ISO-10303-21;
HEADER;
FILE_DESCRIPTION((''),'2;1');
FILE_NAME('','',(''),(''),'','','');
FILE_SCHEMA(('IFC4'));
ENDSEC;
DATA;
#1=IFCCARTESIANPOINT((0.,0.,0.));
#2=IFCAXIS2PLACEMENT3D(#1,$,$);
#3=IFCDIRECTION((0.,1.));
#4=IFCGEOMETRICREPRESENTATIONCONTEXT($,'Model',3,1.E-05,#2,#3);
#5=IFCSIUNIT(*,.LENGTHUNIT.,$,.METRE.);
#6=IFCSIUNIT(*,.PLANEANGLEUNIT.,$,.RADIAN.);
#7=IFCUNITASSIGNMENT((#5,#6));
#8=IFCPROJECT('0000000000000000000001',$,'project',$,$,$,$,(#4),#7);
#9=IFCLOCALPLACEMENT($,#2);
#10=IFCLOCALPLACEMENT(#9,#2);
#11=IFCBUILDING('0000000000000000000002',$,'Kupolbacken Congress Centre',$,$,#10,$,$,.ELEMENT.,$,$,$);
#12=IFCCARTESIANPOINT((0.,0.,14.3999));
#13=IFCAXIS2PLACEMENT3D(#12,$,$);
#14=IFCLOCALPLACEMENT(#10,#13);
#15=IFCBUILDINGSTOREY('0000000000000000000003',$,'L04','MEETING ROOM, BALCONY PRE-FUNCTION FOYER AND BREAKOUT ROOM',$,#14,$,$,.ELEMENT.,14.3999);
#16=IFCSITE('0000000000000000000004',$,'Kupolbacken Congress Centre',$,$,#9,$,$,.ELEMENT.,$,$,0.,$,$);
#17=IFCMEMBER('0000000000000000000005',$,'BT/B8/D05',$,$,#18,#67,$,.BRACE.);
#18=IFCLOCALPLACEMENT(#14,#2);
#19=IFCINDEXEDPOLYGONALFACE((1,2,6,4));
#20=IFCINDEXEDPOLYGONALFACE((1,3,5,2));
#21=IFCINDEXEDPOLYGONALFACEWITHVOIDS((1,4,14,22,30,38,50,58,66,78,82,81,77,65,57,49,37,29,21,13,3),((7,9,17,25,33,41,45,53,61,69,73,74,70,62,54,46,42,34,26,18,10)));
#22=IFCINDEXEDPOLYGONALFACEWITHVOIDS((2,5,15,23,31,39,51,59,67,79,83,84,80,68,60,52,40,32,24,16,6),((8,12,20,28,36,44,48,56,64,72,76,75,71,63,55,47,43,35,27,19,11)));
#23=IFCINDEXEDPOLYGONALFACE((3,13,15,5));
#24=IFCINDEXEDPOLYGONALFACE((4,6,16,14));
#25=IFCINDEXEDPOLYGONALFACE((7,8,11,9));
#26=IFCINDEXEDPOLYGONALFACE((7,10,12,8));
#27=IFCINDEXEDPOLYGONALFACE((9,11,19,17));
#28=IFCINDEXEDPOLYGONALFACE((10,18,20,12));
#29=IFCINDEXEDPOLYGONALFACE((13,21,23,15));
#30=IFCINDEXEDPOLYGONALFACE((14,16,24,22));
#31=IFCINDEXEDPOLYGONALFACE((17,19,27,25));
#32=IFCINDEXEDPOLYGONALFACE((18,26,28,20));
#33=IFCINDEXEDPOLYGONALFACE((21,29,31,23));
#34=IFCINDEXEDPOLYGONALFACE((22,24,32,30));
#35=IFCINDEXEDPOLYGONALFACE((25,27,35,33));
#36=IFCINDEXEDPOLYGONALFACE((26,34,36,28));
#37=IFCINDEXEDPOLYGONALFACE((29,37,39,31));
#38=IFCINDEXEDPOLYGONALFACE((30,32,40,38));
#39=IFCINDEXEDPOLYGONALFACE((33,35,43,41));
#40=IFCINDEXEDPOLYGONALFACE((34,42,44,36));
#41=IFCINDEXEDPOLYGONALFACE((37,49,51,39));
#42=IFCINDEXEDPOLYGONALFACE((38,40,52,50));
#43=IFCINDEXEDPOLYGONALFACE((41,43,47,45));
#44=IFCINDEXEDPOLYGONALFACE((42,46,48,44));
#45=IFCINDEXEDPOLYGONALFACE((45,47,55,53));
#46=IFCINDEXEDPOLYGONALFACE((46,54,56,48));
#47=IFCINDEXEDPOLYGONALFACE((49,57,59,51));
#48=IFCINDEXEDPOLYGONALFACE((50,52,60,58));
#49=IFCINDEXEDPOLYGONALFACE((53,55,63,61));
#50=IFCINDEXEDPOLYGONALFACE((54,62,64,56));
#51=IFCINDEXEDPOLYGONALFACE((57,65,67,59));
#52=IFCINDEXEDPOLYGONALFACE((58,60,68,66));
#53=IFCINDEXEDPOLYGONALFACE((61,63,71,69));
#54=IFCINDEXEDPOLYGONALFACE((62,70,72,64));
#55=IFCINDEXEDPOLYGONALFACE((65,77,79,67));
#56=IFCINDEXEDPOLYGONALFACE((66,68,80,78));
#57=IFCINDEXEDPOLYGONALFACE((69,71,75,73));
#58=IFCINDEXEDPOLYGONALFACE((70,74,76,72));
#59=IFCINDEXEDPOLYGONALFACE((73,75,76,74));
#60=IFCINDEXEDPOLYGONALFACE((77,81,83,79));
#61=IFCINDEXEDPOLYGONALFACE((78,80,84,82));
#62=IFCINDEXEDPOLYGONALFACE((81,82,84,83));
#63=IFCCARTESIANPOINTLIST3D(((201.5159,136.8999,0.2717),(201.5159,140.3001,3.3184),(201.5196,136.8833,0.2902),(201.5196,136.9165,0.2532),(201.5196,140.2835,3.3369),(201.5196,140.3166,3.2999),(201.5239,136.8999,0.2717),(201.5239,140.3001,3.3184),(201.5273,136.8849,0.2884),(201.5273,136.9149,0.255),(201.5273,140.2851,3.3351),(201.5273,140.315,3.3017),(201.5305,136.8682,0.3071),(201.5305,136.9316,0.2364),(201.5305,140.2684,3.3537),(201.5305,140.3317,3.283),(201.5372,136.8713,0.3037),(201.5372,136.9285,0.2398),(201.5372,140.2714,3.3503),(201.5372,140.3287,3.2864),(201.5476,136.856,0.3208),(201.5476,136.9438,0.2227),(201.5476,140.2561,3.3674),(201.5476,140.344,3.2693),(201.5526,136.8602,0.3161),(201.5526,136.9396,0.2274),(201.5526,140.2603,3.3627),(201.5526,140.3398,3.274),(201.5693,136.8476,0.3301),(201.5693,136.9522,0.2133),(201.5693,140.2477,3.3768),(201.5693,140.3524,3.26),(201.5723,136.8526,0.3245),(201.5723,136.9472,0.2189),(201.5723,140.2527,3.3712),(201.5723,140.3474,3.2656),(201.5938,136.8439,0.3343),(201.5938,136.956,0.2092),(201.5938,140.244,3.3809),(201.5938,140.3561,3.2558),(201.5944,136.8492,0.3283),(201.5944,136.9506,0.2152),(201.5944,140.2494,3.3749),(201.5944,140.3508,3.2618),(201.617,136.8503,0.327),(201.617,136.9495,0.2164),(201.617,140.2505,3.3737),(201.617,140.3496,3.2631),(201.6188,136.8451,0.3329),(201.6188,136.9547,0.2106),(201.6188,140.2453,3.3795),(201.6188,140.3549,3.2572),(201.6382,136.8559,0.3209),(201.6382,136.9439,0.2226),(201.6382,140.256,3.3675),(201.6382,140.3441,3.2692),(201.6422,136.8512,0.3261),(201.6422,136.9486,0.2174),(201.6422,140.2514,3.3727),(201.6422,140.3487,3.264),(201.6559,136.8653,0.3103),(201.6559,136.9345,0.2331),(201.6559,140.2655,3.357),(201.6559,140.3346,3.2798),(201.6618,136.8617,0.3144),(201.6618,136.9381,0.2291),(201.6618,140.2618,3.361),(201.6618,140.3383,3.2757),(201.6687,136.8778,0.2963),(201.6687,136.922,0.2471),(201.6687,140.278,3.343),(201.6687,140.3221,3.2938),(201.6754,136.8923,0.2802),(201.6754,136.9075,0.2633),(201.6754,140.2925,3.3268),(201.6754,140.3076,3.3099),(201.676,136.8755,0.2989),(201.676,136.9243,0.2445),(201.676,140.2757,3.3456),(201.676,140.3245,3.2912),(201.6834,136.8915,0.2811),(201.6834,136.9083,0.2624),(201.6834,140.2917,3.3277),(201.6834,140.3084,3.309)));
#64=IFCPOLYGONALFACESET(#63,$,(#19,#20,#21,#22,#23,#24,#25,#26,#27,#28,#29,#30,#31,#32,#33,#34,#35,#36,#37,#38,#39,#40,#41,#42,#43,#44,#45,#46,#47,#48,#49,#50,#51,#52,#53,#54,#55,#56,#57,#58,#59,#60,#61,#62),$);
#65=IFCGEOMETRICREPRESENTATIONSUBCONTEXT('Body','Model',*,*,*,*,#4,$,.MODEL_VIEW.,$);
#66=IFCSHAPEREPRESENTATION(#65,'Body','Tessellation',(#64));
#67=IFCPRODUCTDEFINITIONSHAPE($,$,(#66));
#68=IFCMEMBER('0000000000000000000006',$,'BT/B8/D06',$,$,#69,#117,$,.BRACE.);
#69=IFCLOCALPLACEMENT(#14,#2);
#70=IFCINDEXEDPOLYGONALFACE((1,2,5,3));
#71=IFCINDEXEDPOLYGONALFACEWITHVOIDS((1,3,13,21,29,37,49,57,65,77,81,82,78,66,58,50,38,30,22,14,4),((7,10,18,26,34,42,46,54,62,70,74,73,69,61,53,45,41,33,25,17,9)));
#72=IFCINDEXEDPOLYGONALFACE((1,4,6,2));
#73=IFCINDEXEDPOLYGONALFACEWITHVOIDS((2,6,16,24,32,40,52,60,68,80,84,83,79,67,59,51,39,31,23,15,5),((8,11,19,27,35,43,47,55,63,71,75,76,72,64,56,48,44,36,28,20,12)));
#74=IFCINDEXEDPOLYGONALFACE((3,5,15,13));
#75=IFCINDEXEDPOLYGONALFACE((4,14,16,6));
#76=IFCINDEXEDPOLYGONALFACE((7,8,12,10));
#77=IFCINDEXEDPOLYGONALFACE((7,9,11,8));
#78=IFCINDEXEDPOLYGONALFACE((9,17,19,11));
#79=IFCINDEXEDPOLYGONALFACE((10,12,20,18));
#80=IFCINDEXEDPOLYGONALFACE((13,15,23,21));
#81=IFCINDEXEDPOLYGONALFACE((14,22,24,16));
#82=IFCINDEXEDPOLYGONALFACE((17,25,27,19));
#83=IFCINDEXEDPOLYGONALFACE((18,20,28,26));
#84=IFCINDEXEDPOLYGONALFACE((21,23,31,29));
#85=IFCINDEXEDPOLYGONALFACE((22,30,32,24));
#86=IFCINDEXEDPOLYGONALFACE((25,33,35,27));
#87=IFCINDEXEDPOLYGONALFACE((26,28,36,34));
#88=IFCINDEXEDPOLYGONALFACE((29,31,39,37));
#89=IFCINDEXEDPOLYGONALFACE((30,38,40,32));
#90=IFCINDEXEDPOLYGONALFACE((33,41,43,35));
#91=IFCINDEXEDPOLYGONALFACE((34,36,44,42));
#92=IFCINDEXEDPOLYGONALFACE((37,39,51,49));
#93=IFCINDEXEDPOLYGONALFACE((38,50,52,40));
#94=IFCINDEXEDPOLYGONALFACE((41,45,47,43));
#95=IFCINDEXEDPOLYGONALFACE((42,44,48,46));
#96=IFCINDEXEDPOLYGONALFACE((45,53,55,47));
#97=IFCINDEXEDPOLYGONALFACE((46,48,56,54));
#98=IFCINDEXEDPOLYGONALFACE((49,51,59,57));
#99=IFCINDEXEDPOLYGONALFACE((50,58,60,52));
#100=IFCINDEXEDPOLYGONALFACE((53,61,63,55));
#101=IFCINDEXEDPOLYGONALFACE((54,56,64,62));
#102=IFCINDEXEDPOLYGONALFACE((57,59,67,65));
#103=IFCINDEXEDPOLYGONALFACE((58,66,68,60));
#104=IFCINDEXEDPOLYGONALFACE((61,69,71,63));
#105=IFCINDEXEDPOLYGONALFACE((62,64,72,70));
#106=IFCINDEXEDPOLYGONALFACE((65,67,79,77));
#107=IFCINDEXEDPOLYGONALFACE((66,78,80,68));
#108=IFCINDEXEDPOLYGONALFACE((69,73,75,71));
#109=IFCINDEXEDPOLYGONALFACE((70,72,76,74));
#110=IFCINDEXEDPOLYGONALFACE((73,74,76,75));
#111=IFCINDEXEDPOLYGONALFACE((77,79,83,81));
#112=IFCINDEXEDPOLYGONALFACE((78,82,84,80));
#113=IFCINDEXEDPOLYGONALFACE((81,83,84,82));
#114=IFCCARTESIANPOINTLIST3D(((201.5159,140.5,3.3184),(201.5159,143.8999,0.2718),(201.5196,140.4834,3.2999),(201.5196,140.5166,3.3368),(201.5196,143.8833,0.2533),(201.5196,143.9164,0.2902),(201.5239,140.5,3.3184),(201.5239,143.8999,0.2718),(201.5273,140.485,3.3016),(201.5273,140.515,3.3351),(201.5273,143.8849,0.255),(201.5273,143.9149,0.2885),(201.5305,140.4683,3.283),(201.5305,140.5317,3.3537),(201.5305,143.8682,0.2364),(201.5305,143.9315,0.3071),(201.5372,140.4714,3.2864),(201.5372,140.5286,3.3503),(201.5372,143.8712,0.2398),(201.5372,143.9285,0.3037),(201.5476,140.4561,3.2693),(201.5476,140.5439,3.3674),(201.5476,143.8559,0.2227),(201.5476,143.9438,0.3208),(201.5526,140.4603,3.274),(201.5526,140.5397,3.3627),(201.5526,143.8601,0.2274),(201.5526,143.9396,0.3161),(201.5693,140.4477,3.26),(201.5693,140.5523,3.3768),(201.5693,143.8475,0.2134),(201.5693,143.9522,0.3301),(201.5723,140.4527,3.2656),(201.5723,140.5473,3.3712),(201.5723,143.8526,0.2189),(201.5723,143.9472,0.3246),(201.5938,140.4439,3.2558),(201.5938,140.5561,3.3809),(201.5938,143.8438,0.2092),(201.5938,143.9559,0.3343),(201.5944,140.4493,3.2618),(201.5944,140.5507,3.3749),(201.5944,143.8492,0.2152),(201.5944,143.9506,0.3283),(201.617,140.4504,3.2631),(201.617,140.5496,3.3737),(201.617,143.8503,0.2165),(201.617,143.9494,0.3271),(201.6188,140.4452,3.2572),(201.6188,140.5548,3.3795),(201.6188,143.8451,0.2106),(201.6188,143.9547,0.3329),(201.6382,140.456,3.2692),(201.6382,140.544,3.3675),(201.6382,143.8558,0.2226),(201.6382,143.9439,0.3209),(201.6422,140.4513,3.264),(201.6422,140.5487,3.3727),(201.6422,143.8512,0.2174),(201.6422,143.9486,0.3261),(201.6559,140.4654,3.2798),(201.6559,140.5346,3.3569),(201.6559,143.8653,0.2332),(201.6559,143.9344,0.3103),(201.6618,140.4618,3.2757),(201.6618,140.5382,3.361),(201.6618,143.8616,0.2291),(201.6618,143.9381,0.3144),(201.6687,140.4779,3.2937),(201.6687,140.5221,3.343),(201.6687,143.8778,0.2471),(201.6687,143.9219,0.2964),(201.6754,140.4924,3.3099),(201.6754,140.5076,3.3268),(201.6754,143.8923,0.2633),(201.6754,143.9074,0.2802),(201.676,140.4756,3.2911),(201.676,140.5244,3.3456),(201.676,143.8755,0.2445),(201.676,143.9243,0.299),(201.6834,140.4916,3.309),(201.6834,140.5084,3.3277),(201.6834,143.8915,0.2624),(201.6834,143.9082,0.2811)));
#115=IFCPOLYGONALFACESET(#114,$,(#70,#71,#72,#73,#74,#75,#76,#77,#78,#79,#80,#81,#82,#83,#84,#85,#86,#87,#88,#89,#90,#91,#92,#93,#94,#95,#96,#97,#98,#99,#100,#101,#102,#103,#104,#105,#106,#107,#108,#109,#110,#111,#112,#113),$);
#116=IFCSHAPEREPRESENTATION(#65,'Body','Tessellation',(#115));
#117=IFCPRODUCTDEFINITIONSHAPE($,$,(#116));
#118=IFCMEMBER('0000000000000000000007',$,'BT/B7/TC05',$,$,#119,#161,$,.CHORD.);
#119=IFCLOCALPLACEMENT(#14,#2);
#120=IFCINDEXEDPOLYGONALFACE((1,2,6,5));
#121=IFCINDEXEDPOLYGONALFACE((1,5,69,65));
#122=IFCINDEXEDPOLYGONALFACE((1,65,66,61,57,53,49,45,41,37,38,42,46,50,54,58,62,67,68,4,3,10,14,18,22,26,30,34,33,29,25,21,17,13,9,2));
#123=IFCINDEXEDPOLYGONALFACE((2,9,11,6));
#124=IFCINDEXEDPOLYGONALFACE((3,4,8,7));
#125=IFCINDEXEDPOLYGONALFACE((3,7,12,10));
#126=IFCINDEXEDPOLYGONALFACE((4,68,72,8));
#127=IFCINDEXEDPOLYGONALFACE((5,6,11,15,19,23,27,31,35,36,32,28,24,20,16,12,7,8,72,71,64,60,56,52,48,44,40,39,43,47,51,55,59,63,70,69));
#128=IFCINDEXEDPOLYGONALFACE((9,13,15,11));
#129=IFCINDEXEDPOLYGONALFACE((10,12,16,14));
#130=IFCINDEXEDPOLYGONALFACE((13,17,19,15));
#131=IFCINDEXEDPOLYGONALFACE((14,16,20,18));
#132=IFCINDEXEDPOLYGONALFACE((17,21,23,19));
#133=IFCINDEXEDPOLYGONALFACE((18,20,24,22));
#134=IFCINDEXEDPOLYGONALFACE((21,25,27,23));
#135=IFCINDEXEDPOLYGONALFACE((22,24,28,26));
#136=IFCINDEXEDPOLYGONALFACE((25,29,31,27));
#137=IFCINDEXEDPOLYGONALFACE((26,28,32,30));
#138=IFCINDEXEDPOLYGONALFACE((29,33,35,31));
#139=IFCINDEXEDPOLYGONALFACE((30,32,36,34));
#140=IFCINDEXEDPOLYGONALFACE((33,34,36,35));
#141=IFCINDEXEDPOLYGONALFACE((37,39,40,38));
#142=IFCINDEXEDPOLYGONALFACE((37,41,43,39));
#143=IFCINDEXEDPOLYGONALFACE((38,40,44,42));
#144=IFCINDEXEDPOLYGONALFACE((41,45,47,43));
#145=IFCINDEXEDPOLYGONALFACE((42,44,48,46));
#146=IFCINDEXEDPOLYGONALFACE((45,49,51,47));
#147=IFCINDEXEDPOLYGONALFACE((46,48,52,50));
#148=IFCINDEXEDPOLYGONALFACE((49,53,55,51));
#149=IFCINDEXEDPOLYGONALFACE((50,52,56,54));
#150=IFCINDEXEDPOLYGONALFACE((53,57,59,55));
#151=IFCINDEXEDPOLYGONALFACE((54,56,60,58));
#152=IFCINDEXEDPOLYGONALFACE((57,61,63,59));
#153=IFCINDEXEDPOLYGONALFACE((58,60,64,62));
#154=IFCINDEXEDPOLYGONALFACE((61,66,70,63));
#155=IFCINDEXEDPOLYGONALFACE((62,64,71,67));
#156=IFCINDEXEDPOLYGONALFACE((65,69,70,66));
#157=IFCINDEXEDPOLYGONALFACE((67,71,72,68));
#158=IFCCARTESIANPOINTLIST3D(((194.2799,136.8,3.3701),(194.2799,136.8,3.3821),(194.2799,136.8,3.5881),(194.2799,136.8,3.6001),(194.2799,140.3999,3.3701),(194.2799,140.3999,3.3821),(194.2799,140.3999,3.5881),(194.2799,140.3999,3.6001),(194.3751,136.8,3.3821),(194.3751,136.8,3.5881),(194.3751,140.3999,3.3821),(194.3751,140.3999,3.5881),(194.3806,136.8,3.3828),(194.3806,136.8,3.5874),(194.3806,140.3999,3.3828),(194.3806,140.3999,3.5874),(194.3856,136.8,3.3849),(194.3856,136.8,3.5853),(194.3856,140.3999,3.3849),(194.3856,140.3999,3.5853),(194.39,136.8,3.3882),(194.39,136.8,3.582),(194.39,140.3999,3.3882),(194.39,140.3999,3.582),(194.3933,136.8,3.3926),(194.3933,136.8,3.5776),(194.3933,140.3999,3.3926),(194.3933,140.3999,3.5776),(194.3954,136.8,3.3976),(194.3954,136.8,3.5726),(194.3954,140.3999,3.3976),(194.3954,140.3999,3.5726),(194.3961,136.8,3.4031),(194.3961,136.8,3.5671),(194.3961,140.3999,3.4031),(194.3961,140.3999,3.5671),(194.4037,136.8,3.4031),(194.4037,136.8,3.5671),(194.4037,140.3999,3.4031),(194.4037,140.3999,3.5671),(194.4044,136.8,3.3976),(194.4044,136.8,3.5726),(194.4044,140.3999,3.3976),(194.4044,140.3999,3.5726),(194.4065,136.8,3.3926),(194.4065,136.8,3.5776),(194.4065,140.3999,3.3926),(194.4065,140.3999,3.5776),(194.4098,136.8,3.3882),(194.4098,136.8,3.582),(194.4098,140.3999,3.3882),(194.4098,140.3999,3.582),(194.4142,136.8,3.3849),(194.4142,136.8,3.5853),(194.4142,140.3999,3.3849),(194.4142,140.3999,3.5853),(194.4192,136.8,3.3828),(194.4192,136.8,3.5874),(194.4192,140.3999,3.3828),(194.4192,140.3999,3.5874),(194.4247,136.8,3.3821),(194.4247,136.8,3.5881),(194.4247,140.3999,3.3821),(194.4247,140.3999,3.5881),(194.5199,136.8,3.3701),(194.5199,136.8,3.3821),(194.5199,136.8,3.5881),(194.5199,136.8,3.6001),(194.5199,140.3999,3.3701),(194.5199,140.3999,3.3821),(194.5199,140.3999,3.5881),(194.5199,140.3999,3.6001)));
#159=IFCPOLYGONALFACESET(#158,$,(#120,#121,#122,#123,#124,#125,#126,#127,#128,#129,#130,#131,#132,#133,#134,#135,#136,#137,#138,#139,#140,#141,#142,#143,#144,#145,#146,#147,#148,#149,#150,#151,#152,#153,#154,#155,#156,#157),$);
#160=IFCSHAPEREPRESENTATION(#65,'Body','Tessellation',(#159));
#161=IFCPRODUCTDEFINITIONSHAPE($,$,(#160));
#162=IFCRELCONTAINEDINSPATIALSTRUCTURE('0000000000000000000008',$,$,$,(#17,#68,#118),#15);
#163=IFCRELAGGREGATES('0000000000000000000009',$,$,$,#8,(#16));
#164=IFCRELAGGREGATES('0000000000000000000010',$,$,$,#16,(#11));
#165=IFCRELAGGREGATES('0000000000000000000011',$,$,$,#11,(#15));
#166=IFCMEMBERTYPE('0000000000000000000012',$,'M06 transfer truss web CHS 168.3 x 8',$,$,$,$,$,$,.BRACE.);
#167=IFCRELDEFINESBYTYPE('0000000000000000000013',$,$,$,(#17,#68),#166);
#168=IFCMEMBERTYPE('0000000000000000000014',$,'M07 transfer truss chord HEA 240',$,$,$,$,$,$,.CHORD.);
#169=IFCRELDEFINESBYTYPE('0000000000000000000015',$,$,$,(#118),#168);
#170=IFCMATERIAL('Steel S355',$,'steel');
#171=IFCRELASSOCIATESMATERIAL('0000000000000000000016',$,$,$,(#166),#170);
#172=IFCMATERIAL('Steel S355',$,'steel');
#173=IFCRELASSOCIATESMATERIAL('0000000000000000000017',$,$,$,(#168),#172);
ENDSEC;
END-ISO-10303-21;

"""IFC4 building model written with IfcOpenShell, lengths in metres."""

from ifc_helpers import new_model, si_unit, direction, frame, origin, origin_2d, place, context, subcontext, project, spatial, hollow_circle, i_section, extrude, material, material_profile, profile_set, type_object, element, save


model = new_model("IFC4")

# Units and contexts
model_context = context("Model", 3, precision=1e-05, world=origin(), true_north=direction((0.0, 1.0)))
body_context = subcontext(model_context, "Body", "Model", "MODEL_VIEW")
ifc_project = project(units=[si_unit("LENGTHUNIT", "METRE"), si_unit("PLANEANGLEUNIT", "RADIAN")], contexts=[model_context])

# Site, building, storey
site_placement = place(None, origin())
site = spatial("IfcSite", under=ifc_project, at=site_placement, Name="Kupolbacken Congress Centre", CompositionType="ELEMENT", RefElevation=0.0)
building_placement = place(site_placement, origin())
building = spatial("IfcBuilding", under=site, at=building_placement, Name="Kupolbacken Congress Centre", CompositionType="ELEMENT")
storey_placement = place(building_placement, frame((0.0, 0.0, 14.3999)))
storey = spatial("IfcBuildingStorey", under=building, at=storey_placement, Name="L04", Description="MEETING ROOM, BALCONY PRE-FUNCTION FOYER AND BREAKOUT ROOM", CompositionType="ELEMENT", Elevation=14.3999)

# Members
ifc_material_1 = material(Name="Steel S355", Category="steel")
ifc_material_profile_1 = material_profile(ifc_material_1, hollow_circle(Radius=0.0842, WallThickness=0.0081, at=origin_2d()), Name="CHS 168.3 x 8")
ifc_profile_set_1 = profile_set([ifc_material_profile_1], Name="Steel S355")
member_type_1 = type_object("IfcMemberType", Name="M06 transfer truss web CHS 168.3 x 8", PredefinedType="BRACE", material=ifc_profile_set_1)
member_1_placement = place(storey_placement, frame((201.6001, 136.8999, 0.2717), z_axis=(0.0, 0.744763, 0.667329), x_axis=(-1.0, 0.0, 0.0)))
element("IfcMember", 1, at=member_1_placement, inside=storey, type_object=member_type_1, Name="BT/B8/D05", PredefinedType="BRACE", context=body_context, shape_type="SweptSolid", body=[
    extrude(hollow_circle(Radius=0.0842, WallThickness=0.0081, at=origin_2d()), origin(), (0.0, 0.0, 1.0), 4.5654),
])
member_2_placement = place(storey_placement, frame((201.6001, 140.5, 3.3184), z_axis=(0.0, 0.744739, -0.667356), x_axis=(-1.0, 0.0, 0.0)))
element("IfcMember", 2, at=member_2_placement, inside=storey, type_object=member_type_1, Name="BT/B8/D06", PredefinedType="BRACE", context=body_context, shape_type="SweptSolid", body=[
    extrude(hollow_circle(Radius=0.0842, WallThickness=0.0081, at=origin_2d()), origin(), (0.0, 0.0, 1.0), 4.5652),
])
ifc_material_2 = material(Name="Steel S355", Category="steel")
ifc_material_profile_2 = material_profile(ifc_material_2, i_section(OverallWidth=0.24, OverallDepth=0.23, WebThickness=0.0076, FlangeThickness=0.012, FilletRadius=0.021, at=origin_2d()), Name="HEA 240")
ifc_profile_set_2 = profile_set([ifc_material_profile_2], Name="Steel S355")
member_type_2 = type_object("IfcMemberType", Name="M07 transfer truss chord HEA 240", PredefinedType="CHORD", material=ifc_profile_set_2)
member_3_placement = place(storey_placement, frame((194.3999, 136.8, 3.4851), z_axis=(0.0, 1.0, 0.0), x_axis=(-1.0, 0.0, 0.0)))
element("IfcMember", 3, at=member_3_placement, inside=storey, type_object=member_type_2, Name="BT/B7/TC05", PredefinedType="CHORD", context=body_context, shape_type="SweptSolid", body=[
    extrude(i_section(OverallWidth=0.24, OverallDepth=0.23, WebThickness=0.0076, FlangeThickness=0.012, FilletRadius=0.021, at=origin_2d()), origin(), (0.0, 0.0, 1.0), 3.5999),
])

save(model, "model.ifc")
